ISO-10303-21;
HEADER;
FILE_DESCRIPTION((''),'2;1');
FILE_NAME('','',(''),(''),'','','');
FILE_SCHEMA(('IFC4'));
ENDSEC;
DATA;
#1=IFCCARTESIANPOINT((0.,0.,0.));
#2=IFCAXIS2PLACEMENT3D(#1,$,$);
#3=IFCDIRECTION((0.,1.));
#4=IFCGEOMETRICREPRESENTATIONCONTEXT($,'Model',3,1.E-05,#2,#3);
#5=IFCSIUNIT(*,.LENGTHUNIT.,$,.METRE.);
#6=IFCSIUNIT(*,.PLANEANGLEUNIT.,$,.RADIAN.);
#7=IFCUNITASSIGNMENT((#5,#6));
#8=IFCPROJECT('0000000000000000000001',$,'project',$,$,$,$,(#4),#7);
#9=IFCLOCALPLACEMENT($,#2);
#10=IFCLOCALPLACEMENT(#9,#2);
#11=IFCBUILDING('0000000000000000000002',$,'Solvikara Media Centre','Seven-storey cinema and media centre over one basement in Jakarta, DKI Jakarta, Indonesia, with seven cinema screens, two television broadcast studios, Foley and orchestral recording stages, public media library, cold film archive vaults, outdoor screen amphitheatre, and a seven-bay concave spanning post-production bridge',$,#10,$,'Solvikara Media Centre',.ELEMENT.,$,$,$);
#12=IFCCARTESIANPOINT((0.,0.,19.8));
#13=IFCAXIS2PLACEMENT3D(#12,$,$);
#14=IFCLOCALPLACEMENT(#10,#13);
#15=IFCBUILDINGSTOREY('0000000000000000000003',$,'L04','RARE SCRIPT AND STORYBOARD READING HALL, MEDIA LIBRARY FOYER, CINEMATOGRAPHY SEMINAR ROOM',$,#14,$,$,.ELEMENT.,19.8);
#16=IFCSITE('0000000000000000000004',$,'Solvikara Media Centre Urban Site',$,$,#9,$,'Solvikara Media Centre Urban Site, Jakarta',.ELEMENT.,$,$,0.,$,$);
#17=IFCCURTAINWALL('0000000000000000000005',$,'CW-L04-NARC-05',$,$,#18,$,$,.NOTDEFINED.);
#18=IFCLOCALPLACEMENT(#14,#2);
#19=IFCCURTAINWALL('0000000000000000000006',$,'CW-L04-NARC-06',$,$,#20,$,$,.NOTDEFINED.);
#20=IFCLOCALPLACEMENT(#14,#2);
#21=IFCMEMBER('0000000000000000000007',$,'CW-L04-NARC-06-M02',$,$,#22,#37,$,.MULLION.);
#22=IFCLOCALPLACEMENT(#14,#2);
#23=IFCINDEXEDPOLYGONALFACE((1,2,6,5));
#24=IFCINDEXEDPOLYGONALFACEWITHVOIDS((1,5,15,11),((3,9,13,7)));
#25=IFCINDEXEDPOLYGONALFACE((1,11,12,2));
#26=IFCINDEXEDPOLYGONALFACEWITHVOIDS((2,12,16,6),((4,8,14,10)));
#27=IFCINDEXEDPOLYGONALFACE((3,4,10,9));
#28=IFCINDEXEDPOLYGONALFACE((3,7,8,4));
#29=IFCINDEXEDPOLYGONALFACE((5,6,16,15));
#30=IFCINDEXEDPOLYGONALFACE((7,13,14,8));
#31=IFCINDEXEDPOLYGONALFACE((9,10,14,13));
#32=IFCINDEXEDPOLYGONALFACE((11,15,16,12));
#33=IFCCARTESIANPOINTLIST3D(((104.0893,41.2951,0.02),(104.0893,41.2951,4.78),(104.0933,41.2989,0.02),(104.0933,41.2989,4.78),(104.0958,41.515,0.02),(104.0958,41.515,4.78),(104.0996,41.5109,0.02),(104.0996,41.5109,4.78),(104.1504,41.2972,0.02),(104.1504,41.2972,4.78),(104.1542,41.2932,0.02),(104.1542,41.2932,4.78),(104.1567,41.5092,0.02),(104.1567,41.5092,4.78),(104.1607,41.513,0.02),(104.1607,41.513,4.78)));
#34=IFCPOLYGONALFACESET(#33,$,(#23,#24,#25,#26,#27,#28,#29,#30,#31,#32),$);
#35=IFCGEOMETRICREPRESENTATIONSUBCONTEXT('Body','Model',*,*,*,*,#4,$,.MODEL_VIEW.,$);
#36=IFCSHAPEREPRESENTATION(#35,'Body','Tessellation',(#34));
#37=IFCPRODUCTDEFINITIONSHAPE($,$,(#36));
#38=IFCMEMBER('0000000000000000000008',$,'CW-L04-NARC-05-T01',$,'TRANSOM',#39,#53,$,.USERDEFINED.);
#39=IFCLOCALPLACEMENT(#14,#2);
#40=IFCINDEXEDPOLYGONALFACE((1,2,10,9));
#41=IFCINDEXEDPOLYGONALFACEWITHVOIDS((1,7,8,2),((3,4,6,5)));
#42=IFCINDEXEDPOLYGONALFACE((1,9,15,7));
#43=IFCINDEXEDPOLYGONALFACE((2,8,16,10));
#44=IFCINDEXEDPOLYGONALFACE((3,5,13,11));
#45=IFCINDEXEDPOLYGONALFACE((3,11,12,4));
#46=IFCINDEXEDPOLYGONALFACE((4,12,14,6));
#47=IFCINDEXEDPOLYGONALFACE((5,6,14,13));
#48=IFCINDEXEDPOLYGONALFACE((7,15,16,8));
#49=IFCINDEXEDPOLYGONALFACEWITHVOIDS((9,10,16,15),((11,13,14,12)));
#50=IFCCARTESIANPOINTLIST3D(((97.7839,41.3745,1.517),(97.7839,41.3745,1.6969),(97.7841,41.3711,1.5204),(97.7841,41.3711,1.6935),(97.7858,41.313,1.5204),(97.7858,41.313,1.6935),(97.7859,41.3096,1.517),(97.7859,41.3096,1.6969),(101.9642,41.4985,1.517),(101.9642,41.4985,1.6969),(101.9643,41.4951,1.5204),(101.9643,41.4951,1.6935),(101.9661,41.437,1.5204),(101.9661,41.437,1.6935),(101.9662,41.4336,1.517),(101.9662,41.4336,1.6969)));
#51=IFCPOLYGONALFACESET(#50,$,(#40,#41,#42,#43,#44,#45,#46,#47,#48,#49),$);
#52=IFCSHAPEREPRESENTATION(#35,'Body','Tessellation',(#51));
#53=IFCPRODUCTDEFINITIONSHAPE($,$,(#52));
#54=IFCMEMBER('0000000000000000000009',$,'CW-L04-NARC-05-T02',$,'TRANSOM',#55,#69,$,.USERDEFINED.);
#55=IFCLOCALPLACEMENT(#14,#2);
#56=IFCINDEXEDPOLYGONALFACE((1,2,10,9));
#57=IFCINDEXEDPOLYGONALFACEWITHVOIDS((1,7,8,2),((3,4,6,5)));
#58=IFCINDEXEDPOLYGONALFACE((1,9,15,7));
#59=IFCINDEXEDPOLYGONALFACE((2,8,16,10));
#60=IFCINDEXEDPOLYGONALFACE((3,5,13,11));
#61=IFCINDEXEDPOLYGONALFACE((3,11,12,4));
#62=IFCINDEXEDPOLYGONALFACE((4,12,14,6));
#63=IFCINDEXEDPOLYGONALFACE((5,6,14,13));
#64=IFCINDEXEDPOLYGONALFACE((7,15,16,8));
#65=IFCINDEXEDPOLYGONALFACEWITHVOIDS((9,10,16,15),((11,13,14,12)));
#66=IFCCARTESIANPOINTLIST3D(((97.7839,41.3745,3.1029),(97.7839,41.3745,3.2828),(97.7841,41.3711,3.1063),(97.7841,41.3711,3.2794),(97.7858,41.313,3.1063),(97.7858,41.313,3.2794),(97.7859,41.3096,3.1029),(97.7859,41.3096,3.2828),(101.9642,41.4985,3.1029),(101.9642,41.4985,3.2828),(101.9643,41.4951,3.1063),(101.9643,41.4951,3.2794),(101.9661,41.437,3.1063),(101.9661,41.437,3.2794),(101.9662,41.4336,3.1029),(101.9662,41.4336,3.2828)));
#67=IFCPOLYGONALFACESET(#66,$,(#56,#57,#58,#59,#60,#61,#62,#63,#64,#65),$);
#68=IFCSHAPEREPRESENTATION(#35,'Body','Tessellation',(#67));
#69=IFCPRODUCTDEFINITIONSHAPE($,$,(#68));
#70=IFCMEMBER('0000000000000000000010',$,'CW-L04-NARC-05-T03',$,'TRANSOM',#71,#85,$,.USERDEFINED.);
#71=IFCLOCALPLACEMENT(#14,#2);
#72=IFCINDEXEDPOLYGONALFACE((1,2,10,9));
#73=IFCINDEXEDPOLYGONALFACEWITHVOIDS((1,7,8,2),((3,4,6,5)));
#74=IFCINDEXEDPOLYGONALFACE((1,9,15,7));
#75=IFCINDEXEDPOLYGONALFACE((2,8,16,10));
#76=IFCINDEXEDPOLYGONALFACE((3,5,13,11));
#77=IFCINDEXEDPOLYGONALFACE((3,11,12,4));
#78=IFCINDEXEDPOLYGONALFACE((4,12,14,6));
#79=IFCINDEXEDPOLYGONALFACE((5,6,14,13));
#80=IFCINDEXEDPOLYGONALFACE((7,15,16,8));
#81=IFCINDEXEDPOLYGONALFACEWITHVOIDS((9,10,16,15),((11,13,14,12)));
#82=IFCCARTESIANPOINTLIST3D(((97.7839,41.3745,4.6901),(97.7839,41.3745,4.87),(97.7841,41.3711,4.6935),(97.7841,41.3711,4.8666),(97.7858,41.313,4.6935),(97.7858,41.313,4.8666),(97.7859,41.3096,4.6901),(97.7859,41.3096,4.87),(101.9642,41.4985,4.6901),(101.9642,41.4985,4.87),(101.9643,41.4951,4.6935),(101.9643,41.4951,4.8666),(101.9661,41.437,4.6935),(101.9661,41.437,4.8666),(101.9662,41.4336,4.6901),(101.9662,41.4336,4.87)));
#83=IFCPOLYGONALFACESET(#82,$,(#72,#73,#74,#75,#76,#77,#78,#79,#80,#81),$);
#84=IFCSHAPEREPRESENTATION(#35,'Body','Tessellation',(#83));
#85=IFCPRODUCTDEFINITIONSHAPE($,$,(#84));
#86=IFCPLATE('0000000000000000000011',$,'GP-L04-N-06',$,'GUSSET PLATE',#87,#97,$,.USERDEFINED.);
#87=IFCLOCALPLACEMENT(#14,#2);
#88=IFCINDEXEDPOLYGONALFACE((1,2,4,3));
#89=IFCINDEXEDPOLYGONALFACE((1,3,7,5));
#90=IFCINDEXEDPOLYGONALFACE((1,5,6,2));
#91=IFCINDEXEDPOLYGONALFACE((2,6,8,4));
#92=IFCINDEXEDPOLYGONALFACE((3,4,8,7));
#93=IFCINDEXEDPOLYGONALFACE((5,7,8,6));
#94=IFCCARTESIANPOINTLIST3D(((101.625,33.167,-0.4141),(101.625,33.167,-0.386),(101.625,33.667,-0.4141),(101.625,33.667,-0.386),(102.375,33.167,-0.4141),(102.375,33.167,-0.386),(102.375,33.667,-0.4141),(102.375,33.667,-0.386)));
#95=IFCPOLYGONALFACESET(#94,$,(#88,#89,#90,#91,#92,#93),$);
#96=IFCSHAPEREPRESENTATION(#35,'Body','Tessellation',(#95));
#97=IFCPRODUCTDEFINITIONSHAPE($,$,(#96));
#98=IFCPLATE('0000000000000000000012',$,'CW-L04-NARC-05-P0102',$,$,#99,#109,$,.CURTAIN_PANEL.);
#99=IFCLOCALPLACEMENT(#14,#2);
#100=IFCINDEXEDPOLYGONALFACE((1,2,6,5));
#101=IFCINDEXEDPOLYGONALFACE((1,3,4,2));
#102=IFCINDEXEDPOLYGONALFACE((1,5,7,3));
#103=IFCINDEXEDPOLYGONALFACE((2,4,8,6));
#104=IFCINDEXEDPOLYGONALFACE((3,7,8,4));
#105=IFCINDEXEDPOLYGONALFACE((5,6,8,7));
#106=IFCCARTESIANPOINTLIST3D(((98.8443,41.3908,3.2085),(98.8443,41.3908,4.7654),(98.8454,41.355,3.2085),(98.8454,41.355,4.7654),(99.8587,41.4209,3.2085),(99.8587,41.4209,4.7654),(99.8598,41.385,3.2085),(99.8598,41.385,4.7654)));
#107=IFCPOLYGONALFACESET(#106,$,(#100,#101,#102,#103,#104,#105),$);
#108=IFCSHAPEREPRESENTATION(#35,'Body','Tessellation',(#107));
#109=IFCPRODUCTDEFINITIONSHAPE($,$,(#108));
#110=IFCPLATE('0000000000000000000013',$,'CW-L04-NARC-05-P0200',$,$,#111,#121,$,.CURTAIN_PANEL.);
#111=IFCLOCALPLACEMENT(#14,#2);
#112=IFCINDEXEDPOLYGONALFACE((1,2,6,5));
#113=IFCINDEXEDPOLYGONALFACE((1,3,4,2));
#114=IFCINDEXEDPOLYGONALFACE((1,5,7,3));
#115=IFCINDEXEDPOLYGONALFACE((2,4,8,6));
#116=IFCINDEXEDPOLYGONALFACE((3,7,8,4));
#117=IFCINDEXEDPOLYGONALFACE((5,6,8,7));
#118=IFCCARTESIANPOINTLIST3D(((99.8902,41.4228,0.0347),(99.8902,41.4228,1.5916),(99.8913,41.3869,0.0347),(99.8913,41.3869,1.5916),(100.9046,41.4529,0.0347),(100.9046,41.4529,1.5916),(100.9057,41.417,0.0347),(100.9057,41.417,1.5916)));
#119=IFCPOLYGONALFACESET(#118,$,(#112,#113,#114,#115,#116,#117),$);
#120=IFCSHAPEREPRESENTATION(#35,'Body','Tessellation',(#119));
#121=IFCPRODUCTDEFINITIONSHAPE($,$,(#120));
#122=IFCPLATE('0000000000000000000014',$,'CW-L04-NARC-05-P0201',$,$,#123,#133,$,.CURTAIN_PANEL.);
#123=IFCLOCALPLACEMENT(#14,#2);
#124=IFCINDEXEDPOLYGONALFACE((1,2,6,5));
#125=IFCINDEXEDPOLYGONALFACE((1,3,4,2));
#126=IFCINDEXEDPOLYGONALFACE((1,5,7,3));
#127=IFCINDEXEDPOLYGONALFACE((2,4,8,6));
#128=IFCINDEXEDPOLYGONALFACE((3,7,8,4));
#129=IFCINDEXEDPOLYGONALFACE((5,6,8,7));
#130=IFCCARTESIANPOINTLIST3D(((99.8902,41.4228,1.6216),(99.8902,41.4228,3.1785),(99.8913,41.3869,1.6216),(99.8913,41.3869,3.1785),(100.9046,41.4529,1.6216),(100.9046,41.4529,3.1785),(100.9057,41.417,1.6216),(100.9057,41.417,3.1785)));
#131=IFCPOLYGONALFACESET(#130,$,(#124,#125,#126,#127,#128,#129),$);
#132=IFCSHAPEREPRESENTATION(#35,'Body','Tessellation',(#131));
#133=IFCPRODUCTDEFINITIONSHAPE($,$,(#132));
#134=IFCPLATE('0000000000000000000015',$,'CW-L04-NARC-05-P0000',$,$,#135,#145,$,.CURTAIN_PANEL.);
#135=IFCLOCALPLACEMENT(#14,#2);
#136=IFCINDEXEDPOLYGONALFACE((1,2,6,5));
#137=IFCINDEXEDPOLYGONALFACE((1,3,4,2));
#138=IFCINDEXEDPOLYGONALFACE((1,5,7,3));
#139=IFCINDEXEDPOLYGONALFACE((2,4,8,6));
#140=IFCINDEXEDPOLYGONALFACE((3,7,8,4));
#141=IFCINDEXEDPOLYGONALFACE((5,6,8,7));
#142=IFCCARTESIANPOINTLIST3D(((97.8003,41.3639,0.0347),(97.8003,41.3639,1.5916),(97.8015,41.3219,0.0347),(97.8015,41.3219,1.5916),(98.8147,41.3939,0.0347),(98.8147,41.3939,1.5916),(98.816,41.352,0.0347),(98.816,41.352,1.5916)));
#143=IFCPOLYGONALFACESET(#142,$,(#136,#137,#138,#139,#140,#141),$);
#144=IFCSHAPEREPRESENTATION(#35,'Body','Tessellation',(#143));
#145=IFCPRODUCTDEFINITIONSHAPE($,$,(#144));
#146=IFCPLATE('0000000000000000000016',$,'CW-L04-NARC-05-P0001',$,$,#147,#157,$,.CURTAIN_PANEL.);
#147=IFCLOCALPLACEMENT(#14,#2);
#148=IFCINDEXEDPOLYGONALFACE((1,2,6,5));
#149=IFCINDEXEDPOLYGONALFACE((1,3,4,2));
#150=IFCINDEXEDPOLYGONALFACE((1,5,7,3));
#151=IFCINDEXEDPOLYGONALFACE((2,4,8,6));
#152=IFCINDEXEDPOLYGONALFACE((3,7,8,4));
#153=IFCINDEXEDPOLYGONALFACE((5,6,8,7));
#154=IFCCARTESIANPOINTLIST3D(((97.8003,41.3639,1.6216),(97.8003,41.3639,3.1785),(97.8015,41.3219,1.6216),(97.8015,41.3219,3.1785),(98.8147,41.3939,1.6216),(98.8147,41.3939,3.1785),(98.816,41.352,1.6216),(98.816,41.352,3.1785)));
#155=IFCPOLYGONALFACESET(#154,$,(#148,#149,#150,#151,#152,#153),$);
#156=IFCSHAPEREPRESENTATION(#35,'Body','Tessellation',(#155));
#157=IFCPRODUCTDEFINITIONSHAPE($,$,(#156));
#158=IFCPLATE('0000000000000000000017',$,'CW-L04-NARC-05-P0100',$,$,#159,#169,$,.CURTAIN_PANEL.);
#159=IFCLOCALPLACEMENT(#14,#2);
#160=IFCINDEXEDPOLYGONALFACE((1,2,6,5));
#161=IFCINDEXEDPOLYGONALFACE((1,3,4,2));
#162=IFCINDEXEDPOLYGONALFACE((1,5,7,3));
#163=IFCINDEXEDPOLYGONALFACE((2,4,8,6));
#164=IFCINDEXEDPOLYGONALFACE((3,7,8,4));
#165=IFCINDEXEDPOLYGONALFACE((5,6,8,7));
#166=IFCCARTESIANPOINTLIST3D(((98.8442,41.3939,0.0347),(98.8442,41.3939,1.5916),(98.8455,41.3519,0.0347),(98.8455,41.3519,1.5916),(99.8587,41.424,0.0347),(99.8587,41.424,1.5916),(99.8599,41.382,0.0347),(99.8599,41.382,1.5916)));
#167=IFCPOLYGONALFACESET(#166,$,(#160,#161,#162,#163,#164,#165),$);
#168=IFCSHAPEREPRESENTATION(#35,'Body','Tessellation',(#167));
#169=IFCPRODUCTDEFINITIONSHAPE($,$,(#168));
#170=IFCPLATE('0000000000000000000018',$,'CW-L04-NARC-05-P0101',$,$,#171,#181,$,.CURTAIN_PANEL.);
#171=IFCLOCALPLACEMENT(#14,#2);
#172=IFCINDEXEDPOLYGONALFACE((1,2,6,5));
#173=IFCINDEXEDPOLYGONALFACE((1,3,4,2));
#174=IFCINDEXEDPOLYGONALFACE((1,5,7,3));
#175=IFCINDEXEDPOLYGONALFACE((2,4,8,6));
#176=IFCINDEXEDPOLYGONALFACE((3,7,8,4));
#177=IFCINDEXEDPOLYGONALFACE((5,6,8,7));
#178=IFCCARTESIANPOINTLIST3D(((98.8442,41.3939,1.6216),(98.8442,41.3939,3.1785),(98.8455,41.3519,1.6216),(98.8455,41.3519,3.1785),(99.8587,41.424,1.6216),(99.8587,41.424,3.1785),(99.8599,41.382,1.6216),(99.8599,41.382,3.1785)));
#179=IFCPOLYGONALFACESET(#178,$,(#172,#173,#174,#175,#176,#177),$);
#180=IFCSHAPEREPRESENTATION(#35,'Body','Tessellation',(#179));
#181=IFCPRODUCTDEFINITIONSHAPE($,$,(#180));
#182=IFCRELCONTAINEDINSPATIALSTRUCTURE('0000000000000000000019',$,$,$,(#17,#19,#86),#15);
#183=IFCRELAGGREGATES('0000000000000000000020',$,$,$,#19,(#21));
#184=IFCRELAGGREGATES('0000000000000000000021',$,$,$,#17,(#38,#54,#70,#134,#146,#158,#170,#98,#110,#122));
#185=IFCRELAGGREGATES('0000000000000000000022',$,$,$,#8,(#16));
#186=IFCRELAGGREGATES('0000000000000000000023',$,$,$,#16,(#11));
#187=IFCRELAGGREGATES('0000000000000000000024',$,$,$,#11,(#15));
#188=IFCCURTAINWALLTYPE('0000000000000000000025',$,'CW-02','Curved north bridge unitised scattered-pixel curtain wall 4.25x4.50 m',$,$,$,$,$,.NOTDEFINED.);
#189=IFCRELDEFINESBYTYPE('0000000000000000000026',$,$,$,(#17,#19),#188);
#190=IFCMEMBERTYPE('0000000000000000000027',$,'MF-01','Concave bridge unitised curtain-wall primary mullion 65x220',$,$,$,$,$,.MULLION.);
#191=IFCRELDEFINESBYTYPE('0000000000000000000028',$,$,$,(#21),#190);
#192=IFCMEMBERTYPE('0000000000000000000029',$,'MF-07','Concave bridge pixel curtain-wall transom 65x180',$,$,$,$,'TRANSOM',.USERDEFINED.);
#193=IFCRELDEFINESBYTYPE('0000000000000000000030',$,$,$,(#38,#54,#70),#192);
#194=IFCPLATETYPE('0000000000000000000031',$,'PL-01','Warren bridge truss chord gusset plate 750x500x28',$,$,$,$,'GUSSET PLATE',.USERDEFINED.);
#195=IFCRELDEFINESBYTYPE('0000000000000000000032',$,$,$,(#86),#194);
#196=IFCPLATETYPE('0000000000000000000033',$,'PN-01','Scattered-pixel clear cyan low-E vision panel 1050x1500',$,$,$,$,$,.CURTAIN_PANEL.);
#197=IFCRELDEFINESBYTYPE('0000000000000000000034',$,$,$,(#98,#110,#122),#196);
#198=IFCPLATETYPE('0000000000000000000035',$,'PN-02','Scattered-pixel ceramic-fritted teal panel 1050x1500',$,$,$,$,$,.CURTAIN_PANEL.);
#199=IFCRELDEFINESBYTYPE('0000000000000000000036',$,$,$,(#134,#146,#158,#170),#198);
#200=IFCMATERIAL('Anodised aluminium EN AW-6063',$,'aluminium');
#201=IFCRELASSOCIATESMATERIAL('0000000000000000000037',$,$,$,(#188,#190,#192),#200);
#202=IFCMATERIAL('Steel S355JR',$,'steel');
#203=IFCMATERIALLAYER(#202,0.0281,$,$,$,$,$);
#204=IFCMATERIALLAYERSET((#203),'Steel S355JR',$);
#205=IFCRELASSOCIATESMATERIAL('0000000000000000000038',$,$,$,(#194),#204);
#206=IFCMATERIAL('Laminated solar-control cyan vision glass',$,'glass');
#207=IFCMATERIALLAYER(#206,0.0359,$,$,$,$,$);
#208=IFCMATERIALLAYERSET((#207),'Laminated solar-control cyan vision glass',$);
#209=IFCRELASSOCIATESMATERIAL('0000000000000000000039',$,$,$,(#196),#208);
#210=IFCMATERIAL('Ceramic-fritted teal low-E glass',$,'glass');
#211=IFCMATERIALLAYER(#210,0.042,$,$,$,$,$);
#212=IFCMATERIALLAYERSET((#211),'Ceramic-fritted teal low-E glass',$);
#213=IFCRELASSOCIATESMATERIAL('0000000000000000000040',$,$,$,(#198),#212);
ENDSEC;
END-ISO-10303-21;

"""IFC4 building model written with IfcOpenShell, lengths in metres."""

from ifc_helpers import new_model, si_unit, direction, frame, origin, origin_2d, place, context, subcontext, project, spatial, rectangle, hollow_rectangle, extrude, material, layer, layer_set, material_profile, profile_set, type_object, element, aggregate, save


model = new_model("IFC4")

# Units and contexts
model_context = context("Model", 3, precision=1e-05, world=origin(), true_north=direction((0.0, 1.0)))
body_context = subcontext(model_context, "Body", "Model", "MODEL_VIEW")
ifc_project = project(units=[si_unit("LENGTHUNIT", "METRE"), si_unit("PLANEANGLEUNIT", "RADIAN")], contexts=[model_context])

# Site, building, storey
site_placement = place(None, origin())
site = spatial("IfcSite", under=ifc_project, at=site_placement, Name="Solvikara Media Centre Urban Site", LongName="Solvikara Media Centre Urban Site, Jakarta", CompositionType="ELEMENT", RefElevation=0.0)
building_placement = place(site_placement, origin())
building = spatial("IfcBuilding", under=site, at=building_placement, Name="Solvikara Media Centre", Description="Seven-storey cinema and media centre over one basement in Jakarta, DKI Jakarta, Indonesia, with seven cinema screens, two television broadcast studios, Foley and orchestral recording stages, public media library, cold film archive vaults, outdoor screen amphitheatre, and a seven-bay concave spanning post-production bridge", LongName="Solvikara Media Centre", CompositionType="ELEMENT")
storey_placement = place(building_placement, frame((0.0, 0.0, 19.8)))
storey = spatial("IfcBuildingStorey", under=building, at=storey_placement, Name="L04", Description="RARE SCRIPT AND STORYBOARD READING HALL, MEDIA LIBRARY FOYER, CINEMATOGRAPHY SEMINAR ROOM", CompositionType="ELEMENT", Elevation=19.8)

# Shared definitions
ifc_material_1 = material(Name="Steel S355JR", Category="steel")

# Curtain wall
ifc_material_2 = material(Name="Anodised aluminium EN AW-6063", Category="aluminium")
curtain_wall_type = type_object("IfcCurtainWallType", Name="CW-02", Description="Curved north bridge unitised scattered-pixel curtain wall 4.25x4.50 m", PredefinedType="NOTDEFINED", material=ifc_material_2)
curtain_wall_1_placement = place(storey_placement, origin())
curtain_wall_1 = element("IfcCurtainWall", 1, at=curtain_wall_1_placement, inside=storey, type_object=curtain_wall_type, Name="CW-L04-NARC-05", PredefinedType="NOTDEFINED")
ifc_material_profile_1 = material_profile(ifc_material_2, hollow_rectangle(XDim=0.0649, YDim=0.22, WallThickness=0.0039, at=origin_2d()), Name="ALU-M 65x220x4")
ifc_profile_set_1 = profile_set([ifc_material_profile_1], Name="Anodised aluminium EN AW-6063")
member_type_1 = type_object("IfcMemberType", Name="MF-01", Description="Concave bridge unitised curtain-wall primary mullion 65x220", PredefinedType="MULLION", material=ifc_profile_set_1)

# Curtain wall, member
curtain_wall_2_placement = place(storey_placement, origin())
curtain_wall_2 = element("IfcCurtainWall", 2, at=curtain_wall_2_placement, inside=storey, type_object=curtain_wall_type, Name="CW-L04-NARC-06", PredefinedType="NOTDEFINED")
member_1_placement = place(storey_placement, frame((104.125, 41.4041, 0.02), z_axis=(0.0, 0.0, 1.0), x_axis=(0.99956, -0.029649, 0.0)))
member_1 = element("IfcMember", 3, at=member_1_placement, type_object=member_type_1, Name="CW-L04-NARC-06-M02", PredefinedType="MULLION", context=body_context, shape_type="SweptSolid", body=[
    extrude(hollow_rectangle(XDim=0.0649, YDim=0.22, WallThickness=0.0039, at=origin_2d()), origin(), (0.0, 0.0, 1.0), 4.76),
])
aggregate(curtain_wall_2, [member_1])

# Members
ifc_material_profile_2 = material_profile(ifc_material_2, hollow_rectangle(XDim=0.0649, YDim=0.1799, WallThickness=0.0034, at=origin_2d()), Name="ALU-T 65x180x3.5")
ifc_profile_set_2 = profile_set([ifc_material_profile_2], Name="Anodised aluminium EN AW-6063")
member_type_2 = type_object("IfcMemberType", Name="MF-07", Description="Concave bridge pixel curtain-wall transom 65x180", ElementType="TRANSOM", PredefinedType="USERDEFINED", material=ifc_profile_set_2)
member_2_placement = place(storey_placement, frame((97.7849, 41.342, 1.6069), z_axis=(0.99956, 0.029656, 0.0), x_axis=(-0.029656, 0.99956, 0.0)))
member_2 = element("IfcMember", 4, at=member_2_placement, type_object=member_type_2, Name="CW-L04-NARC-05-T01", ObjectType="TRANSOM", PredefinedType="USERDEFINED", context=body_context, shape_type="SweptSolid", body=[
    extrude(hollow_rectangle(XDim=0.0649, YDim=0.1799, WallThickness=0.0034, at=origin_2d()), origin(), (0.0, 0.0, 1.0), 4.1821),
])
member_3_placement = place(storey_placement, frame((97.7849, 41.342, 3.1929), z_axis=(0.99956, 0.029656, 0.0), x_axis=(-0.029656, 0.99956, 0.0)))
member_3 = element("IfcMember", 5, at=member_3_placement, type_object=member_type_2, Name="CW-L04-NARC-05-T02", ObjectType="TRANSOM", PredefinedType="USERDEFINED", context=body_context, shape_type="SweptSolid", body=[
    extrude(hollow_rectangle(XDim=0.0649, YDim=0.1799, WallThickness=0.0034, at=origin_2d()), origin(), (0.0, 0.0, 1.0), 4.1821),
])
member_4_placement = place(storey_placement, frame((97.7849, 41.342, 4.78), z_axis=(0.99956, 0.029656, 0.0), x_axis=(-0.029656, 0.99956, 0.0)))
member_4 = element("IfcMember", 6, at=member_4_placement, type_object=member_type_2, Name="CW-L04-NARC-05-T03", ObjectType="TRANSOM", PredefinedType="USERDEFINED", context=body_context, shape_type="SweptSolid", body=[
    extrude(hollow_rectangle(XDim=0.0649, YDim=0.1799, WallThickness=0.0034, at=origin_2d()), origin(), (0.0, 0.0, 1.0), 4.1821),
])

# Plates
ifc_layer_1 = layer(ifc_material_1, 0.0281)
ifc_layer_set_1 = layer_set([ifc_layer_1], Name="Steel S355JR")
plate_type_1 = type_object("IfcPlateType", Name="PL-01", Description="Warren bridge truss chord gusset plate 750x500x28", ElementType="GUSSET PLATE", PredefinedType="USERDEFINED", material=ifc_layer_set_1)
plate_1_placement = place(storey_placement, frame((102.0, 33.417, -0.4141), z_axis=(0.0, 0.0, 1.0), x_axis=(1.0, 0.0, 0.0)))
element("IfcPlate", 7, at=plate_1_placement, inside=storey, type_object=plate_type_1, Name="GP-L04-N-06", ObjectType="GUSSET PLATE", PredefinedType="USERDEFINED", context=body_context, shape_type="SweptSolid", body=[
    extrude(rectangle(XDim=0.75, YDim=0.5, at=origin_2d()), origin(), (0.0, 0.0, 1.0), 0.0281),
])
ifc_material_3 = material(Name="Laminated solar-control cyan vision glass", Category="glass")
ifc_layer_2 = layer(ifc_material_3, 0.0359)
ifc_layer_set_2 = layer_set([ifc_layer_2], Name="Laminated solar-control cyan vision glass")
plate_type_2 = type_object("IfcPlateType", Name="PN-01", Description="Scattered-pixel clear cyan low-E vision panel 1050x1500", PredefinedType="CURTAIN_PANEL", material=ifc_layer_set_2)
plate_2_placement = place(storey_placement, frame((99.3521, 41.3879, 3.2085), z_axis=(0.0, 0.0, 1.0), x_axis=(0.99956, 0.029649, 0.0)))
plate_2 = element("IfcPlate", 8, at=plate_2_placement, type_object=plate_type_2, Name="CW-L04-NARC-05-P0102", PredefinedType="CURTAIN_PANEL", context=body_context, shape_type="SweptSolid", body=[
    extrude(rectangle(XDim=1.0149, YDim=0.0359, at=origin_2d()), origin(), (0.0, 0.0, 1.0), 1.5569),
])
plate_3_placement = place(storey_placement, frame((100.3979, 41.4199, 0.0347), z_axis=(0.0, 0.0, 1.0), x_axis=(0.99956, 0.029649, 0.0)))
plate_3 = element("IfcPlate", 9, at=plate_3_placement, type_object=plate_type_2, Name="CW-L04-NARC-05-P0200", PredefinedType="CURTAIN_PANEL", context=body_context, shape_type="SweptSolid", body=[
    extrude(rectangle(XDim=1.0149, YDim=0.0359, at=origin_2d()), origin(), (0.0, 0.0, 1.0), 1.5569),
])
plate_4_placement = place(storey_placement, frame((100.3979, 41.4199, 1.6216), z_axis=(0.0, 0.0, 1.0), x_axis=(0.99956, 0.029649, 0.0)))
plate_4 = element("IfcPlate", 10, at=plate_4_placement, type_object=plate_type_2, Name="CW-L04-NARC-05-P0201", PredefinedType="CURTAIN_PANEL", context=body_context, shape_type="SweptSolid", body=[
    extrude(rectangle(XDim=1.0149, YDim=0.0359, at=origin_2d()), origin(), (0.0, 0.0, 1.0), 1.5569),
])
ifc_material_4 = material(Name="Ceramic-fritted teal low-E glass", Category="glass")
ifc_layer_3 = layer(ifc_material_4, 0.042)
ifc_layer_set_3 = layer_set([ifc_layer_3], Name="Ceramic-fritted teal low-E glass")
plate_type_3 = type_object("IfcPlateType", Name="PN-02", Description="Scattered-pixel ceramic-fritted teal panel 1050x1500", PredefinedType="CURTAIN_PANEL", material=ifc_layer_set_3)
plate_5_placement = place(storey_placement, frame((98.3081, 41.3579, 0.0347), z_axis=(0.0, 0.0, 1.0), x_axis=(0.99956, 0.029649, 0.0)))
plate_5 = element("IfcPlate", 11, at=plate_5_placement, type_object=plate_type_3, Name="CW-L04-NARC-05-P0000", PredefinedType="CURTAIN_PANEL", context=body_context, shape_type="SweptSolid", body=[
    extrude(rectangle(XDim=1.0149, YDim=0.042, at=origin_2d()), origin(), (0.0, 0.0, 1.0), 1.5569),
])
plate_6_placement = place(storey_placement, frame((98.3081, 41.3579, 1.6216), z_axis=(0.0, 0.0, 1.0), x_axis=(0.99956, 0.029649, 0.0)))
plate_6 = element("IfcPlate", 12, at=plate_6_placement, type_object=plate_type_3, Name="CW-L04-NARC-05-P0001", PredefinedType="CURTAIN_PANEL", context=body_context, shape_type="SweptSolid", body=[
    extrude(rectangle(XDim=1.0149, YDim=0.042, at=origin_2d()), origin(), (0.0, 0.0, 1.0), 1.5569),
])
plate_7_placement = place(storey_placement, frame((99.3521, 41.3879, 0.0347), z_axis=(0.0, 0.0, 1.0), x_axis=(0.99956, 0.029649, 0.0)))
plate_7 = element("IfcPlate", 13, at=plate_7_placement, type_object=plate_type_3, Name="CW-L04-NARC-05-P0100", PredefinedType="CURTAIN_PANEL", context=body_context, shape_type="SweptSolid", body=[
    extrude(rectangle(XDim=1.0149, YDim=0.042, at=origin_2d()), origin(), (0.0, 0.0, 1.0), 1.5569),
])
plate_8_placement = place(storey_placement, frame((99.3521, 41.3879, 1.6216), z_axis=(0.0, 0.0, 1.0), x_axis=(0.99956, 0.029649, 0.0)))
plate_8 = element("IfcPlate", 14, at=plate_8_placement, type_object=plate_type_3, Name="CW-L04-NARC-05-P0101", PredefinedType="CURTAIN_PANEL", context=body_context, shape_type="SweptSolid", body=[
    extrude(rectangle(XDim=1.0149, YDim=0.042, at=origin_2d()), origin(), (0.0, 0.0, 1.0), 1.5569),
])
aggregate(curtain_wall_1, [member_2, member_3, member_4, plate_5, plate_6, plate_7, plate_8, plate_2, plate_3, plate_4])

save(model, "model.ifc")
